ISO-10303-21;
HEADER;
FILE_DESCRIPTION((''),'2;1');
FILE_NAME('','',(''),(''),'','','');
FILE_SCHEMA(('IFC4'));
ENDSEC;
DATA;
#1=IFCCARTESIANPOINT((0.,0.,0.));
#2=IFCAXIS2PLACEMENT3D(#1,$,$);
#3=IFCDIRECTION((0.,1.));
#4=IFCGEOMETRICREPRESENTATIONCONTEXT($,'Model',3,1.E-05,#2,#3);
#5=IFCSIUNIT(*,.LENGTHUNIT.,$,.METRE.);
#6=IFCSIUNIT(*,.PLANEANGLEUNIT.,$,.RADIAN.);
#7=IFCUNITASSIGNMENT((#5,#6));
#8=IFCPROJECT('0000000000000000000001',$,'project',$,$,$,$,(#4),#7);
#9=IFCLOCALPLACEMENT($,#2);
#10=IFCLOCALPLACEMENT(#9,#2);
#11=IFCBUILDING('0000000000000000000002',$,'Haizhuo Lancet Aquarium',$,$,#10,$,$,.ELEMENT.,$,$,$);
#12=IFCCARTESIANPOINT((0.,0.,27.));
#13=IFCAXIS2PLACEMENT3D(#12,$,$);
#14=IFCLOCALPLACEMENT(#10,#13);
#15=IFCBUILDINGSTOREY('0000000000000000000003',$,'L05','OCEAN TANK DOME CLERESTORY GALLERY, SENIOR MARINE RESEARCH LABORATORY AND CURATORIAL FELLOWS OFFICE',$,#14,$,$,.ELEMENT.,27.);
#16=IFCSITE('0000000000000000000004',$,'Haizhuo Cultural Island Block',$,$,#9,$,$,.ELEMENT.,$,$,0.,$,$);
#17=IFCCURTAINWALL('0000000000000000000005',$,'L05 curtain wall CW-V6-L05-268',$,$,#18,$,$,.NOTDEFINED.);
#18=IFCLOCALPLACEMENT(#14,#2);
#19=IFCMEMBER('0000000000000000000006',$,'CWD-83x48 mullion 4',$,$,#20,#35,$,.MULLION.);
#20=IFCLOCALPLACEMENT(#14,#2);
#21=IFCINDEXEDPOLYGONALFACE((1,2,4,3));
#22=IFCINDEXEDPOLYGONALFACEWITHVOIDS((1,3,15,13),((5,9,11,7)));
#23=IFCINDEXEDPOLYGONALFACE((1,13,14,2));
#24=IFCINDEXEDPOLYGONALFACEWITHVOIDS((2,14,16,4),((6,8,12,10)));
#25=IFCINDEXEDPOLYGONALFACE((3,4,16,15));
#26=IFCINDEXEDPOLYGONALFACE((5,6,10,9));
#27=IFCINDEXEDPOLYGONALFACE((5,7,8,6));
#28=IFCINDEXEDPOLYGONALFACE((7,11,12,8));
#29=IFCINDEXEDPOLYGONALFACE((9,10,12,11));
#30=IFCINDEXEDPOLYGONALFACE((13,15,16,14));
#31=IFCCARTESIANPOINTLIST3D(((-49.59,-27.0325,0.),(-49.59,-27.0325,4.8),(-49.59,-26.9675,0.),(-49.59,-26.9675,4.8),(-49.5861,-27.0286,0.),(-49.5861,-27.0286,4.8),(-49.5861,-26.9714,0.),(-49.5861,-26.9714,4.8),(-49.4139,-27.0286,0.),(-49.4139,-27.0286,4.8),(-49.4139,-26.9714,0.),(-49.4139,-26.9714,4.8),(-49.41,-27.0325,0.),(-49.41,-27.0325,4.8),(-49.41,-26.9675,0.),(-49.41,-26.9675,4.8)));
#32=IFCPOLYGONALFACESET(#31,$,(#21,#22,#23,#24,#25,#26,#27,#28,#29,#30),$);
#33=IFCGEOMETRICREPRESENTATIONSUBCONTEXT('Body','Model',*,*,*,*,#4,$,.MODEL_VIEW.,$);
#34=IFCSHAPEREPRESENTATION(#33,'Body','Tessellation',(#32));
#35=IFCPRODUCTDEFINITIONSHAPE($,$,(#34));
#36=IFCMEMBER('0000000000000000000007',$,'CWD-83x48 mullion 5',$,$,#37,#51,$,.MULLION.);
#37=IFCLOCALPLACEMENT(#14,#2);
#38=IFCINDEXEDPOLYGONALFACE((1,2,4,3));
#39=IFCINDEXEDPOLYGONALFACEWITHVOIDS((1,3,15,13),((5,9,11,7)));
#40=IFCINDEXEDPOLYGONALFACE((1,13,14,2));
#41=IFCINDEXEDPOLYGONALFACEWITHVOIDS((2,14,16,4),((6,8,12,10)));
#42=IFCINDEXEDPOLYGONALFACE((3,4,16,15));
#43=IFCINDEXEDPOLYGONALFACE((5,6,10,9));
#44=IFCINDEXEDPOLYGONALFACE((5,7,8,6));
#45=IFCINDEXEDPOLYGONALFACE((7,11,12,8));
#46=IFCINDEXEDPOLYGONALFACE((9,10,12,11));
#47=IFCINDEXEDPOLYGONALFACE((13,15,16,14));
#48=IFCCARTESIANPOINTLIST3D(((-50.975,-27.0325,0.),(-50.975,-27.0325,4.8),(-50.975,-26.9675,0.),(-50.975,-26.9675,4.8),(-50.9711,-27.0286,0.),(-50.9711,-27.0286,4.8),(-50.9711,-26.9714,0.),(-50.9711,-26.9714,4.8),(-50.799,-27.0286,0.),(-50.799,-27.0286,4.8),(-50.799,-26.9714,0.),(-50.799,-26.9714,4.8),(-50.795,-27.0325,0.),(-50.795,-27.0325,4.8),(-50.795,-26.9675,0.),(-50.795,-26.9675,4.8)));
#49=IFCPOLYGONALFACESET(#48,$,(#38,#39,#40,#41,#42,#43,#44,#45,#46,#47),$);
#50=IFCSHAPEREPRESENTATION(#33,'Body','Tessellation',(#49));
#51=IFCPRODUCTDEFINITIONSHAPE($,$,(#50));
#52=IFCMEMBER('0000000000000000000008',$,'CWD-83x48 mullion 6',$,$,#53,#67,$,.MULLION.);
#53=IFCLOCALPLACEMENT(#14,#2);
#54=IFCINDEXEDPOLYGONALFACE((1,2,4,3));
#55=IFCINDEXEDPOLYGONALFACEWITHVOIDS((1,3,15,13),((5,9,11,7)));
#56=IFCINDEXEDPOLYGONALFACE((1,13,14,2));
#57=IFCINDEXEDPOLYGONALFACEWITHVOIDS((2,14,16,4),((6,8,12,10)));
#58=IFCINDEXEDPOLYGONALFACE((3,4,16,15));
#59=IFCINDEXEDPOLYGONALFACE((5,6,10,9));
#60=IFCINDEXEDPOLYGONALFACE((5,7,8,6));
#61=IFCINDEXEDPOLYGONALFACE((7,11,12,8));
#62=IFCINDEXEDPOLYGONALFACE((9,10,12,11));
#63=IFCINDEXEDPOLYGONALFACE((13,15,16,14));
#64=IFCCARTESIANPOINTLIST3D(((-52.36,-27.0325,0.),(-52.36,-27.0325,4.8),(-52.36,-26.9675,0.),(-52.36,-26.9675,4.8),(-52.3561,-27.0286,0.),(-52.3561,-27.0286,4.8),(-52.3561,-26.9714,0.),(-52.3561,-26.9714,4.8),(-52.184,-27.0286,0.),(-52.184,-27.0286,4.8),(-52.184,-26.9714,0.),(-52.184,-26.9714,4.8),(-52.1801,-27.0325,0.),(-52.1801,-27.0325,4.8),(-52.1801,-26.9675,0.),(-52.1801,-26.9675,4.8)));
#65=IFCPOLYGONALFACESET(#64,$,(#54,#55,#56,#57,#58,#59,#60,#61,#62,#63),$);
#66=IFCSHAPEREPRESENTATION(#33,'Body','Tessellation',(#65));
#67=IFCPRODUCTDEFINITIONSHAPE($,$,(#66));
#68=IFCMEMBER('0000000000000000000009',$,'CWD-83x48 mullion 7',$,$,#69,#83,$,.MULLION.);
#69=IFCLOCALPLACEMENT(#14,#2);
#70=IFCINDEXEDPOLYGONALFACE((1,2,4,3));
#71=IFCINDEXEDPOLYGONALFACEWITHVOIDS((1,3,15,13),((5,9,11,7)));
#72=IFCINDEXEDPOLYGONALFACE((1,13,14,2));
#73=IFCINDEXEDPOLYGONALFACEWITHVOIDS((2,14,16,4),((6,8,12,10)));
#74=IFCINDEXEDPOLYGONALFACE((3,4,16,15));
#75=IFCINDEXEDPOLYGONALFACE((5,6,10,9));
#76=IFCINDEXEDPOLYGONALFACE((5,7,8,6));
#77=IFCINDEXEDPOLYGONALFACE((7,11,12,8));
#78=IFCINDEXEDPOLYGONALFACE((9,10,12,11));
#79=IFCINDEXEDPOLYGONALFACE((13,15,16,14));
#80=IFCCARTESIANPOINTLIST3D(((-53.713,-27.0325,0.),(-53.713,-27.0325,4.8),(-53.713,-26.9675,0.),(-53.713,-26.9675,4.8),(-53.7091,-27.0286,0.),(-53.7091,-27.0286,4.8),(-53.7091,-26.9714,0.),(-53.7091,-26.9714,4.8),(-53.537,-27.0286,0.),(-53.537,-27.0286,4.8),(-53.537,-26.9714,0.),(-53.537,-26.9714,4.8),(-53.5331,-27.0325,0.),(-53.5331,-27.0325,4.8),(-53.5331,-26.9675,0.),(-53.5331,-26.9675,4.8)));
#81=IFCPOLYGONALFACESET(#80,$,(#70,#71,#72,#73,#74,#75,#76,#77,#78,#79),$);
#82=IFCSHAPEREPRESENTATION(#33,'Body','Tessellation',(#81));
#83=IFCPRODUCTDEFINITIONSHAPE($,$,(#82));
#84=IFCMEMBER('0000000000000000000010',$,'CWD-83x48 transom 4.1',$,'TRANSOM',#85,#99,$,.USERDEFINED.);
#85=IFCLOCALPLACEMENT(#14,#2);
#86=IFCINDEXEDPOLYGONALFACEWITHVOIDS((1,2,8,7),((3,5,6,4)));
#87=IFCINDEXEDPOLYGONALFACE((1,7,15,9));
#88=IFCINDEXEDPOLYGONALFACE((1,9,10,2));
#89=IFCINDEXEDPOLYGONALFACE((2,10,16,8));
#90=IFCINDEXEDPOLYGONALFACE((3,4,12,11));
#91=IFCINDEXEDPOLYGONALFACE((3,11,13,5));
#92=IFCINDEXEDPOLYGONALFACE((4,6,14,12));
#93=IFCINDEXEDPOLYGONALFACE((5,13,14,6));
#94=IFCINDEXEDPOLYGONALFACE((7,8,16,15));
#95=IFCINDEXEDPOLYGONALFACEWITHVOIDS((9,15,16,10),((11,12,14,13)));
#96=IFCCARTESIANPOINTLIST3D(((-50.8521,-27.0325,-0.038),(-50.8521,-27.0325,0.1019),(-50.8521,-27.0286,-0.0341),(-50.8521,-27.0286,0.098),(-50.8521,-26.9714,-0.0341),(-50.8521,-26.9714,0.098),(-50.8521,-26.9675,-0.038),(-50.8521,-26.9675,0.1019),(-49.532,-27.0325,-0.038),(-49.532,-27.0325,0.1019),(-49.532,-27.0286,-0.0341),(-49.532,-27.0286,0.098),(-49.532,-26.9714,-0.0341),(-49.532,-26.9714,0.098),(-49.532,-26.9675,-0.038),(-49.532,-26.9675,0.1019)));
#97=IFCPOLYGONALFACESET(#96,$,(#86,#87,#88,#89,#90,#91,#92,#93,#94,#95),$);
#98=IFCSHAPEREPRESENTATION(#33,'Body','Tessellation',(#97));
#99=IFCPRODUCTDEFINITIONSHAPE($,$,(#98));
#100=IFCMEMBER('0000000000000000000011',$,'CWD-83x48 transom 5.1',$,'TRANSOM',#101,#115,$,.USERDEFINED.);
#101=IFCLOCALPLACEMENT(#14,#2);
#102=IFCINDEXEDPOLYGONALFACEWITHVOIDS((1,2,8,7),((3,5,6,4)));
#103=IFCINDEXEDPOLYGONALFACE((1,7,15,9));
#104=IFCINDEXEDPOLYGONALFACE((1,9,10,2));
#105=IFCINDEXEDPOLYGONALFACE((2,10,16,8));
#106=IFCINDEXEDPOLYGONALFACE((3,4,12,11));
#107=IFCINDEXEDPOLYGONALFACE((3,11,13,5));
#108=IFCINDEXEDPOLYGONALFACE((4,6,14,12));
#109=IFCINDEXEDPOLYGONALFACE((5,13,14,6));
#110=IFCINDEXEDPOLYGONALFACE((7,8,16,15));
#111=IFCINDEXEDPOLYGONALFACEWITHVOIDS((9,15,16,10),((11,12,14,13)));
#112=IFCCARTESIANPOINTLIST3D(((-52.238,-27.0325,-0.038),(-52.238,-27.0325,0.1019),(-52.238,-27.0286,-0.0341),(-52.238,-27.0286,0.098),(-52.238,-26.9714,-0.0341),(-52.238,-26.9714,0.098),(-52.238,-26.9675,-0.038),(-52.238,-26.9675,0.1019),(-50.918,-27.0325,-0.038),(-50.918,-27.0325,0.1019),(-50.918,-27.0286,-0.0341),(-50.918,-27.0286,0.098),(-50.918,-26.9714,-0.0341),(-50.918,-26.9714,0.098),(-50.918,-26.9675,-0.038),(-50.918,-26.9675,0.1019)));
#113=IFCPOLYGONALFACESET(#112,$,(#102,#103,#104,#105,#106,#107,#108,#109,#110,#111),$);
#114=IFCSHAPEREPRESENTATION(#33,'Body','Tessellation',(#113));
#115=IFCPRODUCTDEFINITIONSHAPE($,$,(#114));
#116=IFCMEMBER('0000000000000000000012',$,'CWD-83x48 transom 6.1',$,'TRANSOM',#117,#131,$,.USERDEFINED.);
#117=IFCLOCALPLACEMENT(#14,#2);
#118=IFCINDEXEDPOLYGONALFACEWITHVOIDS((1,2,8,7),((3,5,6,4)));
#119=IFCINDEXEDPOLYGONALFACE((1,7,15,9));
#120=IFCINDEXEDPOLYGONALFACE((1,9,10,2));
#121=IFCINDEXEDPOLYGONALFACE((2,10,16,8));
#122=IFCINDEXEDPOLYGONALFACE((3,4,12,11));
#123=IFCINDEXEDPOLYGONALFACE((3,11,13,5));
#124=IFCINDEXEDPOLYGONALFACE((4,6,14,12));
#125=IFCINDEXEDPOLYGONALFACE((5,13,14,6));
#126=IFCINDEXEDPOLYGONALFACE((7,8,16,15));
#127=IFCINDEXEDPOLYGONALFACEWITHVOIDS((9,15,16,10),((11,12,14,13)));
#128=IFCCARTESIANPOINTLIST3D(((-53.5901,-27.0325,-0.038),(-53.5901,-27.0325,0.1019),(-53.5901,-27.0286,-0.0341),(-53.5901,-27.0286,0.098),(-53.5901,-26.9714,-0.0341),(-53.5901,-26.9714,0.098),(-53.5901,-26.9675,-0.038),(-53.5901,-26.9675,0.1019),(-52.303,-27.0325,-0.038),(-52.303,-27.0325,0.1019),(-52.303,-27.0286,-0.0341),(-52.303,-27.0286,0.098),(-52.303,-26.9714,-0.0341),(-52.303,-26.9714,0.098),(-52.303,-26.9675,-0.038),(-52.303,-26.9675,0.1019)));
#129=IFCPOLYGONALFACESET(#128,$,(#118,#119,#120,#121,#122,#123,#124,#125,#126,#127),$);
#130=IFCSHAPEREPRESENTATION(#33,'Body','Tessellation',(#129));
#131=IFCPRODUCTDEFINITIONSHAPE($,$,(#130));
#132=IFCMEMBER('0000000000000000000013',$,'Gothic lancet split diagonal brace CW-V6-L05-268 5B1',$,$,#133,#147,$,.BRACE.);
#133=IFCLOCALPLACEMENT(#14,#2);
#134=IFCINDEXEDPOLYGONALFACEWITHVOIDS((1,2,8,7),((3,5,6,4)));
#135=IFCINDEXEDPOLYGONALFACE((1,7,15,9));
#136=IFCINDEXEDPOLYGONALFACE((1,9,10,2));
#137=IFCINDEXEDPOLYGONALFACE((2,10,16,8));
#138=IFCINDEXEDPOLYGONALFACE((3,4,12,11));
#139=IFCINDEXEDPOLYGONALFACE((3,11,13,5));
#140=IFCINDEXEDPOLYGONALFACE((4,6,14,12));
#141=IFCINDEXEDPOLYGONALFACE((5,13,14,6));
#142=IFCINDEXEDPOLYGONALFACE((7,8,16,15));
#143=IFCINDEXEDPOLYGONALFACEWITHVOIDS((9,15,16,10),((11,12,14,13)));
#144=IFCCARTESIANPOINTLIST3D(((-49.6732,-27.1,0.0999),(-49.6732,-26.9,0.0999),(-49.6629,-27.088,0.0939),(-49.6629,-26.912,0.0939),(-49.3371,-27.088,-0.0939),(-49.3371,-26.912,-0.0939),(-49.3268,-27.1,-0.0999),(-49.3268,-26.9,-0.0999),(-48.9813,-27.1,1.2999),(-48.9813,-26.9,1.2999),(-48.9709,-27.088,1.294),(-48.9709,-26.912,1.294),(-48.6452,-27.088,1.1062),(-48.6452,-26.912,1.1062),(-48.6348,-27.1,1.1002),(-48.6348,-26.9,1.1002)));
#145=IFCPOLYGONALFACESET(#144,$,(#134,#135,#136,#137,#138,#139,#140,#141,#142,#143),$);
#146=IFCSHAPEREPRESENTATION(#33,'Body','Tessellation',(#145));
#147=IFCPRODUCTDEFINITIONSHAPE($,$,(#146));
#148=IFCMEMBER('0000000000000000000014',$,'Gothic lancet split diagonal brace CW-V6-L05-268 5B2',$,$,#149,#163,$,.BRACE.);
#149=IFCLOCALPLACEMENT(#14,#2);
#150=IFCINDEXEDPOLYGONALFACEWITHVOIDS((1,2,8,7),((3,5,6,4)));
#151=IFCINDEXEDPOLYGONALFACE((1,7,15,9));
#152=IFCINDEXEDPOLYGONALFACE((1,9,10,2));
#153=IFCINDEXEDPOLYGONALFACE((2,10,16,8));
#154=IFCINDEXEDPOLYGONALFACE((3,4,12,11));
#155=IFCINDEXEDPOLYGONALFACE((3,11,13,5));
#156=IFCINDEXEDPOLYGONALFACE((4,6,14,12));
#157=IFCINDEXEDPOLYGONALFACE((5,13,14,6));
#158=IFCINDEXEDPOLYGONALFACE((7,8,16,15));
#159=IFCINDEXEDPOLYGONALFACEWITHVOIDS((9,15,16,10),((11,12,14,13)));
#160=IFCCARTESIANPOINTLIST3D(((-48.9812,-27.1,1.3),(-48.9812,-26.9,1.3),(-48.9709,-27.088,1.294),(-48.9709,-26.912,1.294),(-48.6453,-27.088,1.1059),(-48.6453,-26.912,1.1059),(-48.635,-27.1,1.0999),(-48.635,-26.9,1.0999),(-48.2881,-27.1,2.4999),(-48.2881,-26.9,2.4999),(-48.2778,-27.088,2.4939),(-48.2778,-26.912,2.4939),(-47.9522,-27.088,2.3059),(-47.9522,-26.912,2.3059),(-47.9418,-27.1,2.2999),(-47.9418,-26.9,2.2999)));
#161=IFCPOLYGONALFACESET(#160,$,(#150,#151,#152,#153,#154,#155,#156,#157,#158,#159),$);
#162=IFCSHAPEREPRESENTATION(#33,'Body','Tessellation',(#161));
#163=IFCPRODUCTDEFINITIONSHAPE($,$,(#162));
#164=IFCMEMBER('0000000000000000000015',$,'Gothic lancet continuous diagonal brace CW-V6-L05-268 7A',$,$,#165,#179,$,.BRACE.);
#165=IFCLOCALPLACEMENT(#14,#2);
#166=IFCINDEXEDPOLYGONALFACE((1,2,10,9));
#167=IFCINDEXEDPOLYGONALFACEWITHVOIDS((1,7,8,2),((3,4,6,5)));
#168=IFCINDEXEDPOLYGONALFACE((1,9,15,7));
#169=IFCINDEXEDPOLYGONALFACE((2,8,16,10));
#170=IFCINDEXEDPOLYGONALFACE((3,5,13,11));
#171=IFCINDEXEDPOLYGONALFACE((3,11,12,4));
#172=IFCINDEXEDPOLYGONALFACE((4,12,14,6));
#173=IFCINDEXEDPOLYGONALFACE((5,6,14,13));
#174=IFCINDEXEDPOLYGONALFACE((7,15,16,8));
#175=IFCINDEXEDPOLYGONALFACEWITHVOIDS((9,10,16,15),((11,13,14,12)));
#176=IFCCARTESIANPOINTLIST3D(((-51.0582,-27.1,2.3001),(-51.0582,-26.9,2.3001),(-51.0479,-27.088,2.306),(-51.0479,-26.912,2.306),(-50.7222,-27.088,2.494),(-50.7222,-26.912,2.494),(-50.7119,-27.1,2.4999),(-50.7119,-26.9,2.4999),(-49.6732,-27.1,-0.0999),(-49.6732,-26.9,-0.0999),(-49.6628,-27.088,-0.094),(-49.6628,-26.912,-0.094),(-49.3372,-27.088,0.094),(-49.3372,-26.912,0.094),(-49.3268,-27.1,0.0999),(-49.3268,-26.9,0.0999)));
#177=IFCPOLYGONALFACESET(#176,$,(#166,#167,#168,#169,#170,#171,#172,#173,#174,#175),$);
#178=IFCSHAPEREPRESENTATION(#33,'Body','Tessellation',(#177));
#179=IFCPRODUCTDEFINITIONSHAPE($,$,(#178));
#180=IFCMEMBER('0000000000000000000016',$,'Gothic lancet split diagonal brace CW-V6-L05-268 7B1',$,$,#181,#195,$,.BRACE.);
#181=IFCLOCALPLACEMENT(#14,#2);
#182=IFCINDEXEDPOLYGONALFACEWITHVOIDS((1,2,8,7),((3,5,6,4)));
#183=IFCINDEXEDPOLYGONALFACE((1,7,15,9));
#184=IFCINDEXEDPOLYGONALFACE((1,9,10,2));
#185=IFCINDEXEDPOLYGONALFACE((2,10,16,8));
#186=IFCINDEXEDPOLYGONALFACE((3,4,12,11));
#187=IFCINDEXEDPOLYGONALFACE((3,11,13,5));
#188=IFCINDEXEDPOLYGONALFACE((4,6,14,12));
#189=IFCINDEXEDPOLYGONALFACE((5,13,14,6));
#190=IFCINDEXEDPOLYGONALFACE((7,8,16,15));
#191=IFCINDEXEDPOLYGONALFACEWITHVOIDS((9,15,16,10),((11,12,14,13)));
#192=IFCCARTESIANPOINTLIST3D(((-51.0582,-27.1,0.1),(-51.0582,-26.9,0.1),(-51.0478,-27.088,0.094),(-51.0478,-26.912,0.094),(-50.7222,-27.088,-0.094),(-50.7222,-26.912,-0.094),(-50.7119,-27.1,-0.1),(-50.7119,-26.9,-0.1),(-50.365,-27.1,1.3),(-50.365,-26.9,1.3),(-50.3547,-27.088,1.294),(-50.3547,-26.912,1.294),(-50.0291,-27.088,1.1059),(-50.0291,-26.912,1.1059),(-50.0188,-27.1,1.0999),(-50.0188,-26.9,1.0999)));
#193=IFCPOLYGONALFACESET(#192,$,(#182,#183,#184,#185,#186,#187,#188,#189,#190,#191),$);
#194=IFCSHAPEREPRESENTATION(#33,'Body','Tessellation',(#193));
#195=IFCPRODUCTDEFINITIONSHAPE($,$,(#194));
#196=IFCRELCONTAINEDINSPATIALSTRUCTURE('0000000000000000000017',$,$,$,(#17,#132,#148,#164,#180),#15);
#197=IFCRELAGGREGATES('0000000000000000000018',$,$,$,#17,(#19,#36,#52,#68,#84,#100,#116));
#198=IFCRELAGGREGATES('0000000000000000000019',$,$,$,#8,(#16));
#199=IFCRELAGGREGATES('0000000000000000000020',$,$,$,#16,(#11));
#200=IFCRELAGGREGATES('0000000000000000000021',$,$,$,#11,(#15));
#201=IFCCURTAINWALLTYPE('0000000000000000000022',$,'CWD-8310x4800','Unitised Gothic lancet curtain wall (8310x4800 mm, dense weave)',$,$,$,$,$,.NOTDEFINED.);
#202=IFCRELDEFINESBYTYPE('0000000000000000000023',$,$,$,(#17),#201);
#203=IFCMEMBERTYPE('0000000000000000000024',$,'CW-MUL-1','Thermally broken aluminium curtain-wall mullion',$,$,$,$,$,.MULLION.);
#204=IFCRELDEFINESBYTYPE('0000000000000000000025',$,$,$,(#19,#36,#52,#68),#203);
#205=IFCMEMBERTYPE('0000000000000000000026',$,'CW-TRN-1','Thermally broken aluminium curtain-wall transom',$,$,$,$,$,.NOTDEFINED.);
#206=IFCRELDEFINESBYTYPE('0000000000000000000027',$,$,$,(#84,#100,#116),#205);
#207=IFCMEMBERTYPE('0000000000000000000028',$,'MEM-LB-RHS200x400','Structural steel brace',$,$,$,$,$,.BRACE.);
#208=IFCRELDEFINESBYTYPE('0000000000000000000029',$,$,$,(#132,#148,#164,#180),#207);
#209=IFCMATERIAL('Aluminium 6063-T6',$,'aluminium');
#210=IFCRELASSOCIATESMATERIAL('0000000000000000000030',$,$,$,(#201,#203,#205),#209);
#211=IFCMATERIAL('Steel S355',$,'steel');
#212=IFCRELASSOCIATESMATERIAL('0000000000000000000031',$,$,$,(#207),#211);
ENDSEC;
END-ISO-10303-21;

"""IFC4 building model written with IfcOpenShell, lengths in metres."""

from ifc_helpers import new_model, si_unit, direction, frame, origin, origin_2d, place, context, subcontext, project, spatial, hollow_rectangle, extrude, material, material_profile, profile_set, type_object, element, aggregate, save


model = new_model("IFC4")

# Units and contexts
model_context = context("Model", 3, precision=1e-05, world=origin(), true_north=direction((0.0, 1.0)))
body_context = subcontext(model_context, "Body", "Model", "MODEL_VIEW")
ifc_project = project(units=[si_unit("LENGTHUNIT", "METRE"), si_unit("PLANEANGLEUNIT", "RADIAN")], contexts=[model_context])

# Site, building, storey
site_placement = place(None, origin())
site = spatial("IfcSite", under=ifc_project, at=site_placement, Name="Haizhuo Cultural Island Block", CompositionType="ELEMENT", RefElevation=0.0)
building_placement = place(site_placement, origin())
building = spatial("IfcBuilding", under=site, at=building_placement, Name="Haizhuo Lancet Aquarium", CompositionType="ELEMENT")
storey_placement = place(building_placement, frame((0.0, 0.0, 27.0)))
storey = spatial("IfcBuildingStorey", under=building, at=storey_placement, Name="L05", Description="OCEAN TANK DOME CLERESTORY GALLERY, SENIOR MARINE RESEARCH LABORATORY AND CURATORIAL FELLOWS OFFICE", CompositionType="ELEMENT", Elevation=27.0)

# Curtain wall, members
ifc_material_1 = material(Name="Aluminium 6063-T6", Category="aluminium")
curtain_wall_type = type_object("IfcCurtainWallType", Name="CWD-8310x4800", Description="Unitised Gothic lancet curtain wall (8310x4800 mm, dense weave)", PredefinedType="NOTDEFINED", material=ifc_material_1)
curtain_wall_placement = place(storey_placement, origin())
curtain_wall = element("IfcCurtainWall", 1, at=curtain_wall_placement, inside=storey, type_object=curtain_wall_type, Name="L05 curtain wall CW-V6-L05-268", PredefinedType="NOTDEFINED")
ifc_material_profile_1 = material_profile(ifc_material_1, hollow_rectangle(XDim=0.0649, YDim=0.1799, WallThickness=0.0039, at=origin_2d()), Name="ALU-M 65x180x4")
ifc_profile_set_1 = profile_set([ifc_material_profile_1], Name="Aluminium 6063-T6")
member_type_1 = type_object("IfcMemberType", Name="CW-MUL-1", Description="Thermally broken aluminium curtain-wall mullion", PredefinedType="MULLION", material=ifc_profile_set_1)
member_1_placement = place(storey_placement, frame((-49.5, -27.0, 0.0), z_axis=(0.0, 0.0, 1.0), x_axis=(0.0, -1.0, 0.0)))
member_1 = element("IfcMember", 2, at=member_1_placement, type_object=member_type_1, Name="CWD-83x48 mullion 4", PredefinedType="MULLION", context=body_context, shape_type="SweptSolid", body=[
    extrude(hollow_rectangle(XDim=0.0649, YDim=0.1799, WallThickness=0.0039, at=origin_2d()), origin(), (0.0, 0.0, 1.0), 4.8),
])
member_2_placement = place(storey_placement, frame((-50.885, -27.0, 0.0), z_axis=(0.0, 0.0, 1.0), x_axis=(0.0, -1.0, 0.0)))
member_2 = element("IfcMember", 3, at=member_2_placement, type_object=member_type_1, Name="CWD-83x48 mullion 5", PredefinedType="MULLION", context=body_context, shape_type="SweptSolid", body=[
    extrude(hollow_rectangle(XDim=0.0649, YDim=0.1799, WallThickness=0.0039, at=origin_2d()), origin(), (0.0, 0.0, 1.0), 4.8),
])
member_3_placement = place(storey_placement, frame((-52.27, -27.0, 0.0), z_axis=(0.0, 0.0, 1.0), x_axis=(0.0, -1.0, 0.0)))
member_3 = element("IfcMember", 4, at=member_3_placement, type_object=member_type_1, Name="CWD-83x48 mullion 6", PredefinedType="MULLION", context=body_context, shape_type="SweptSolid", body=[
    extrude(hollow_rectangle(XDim=0.0649, YDim=0.1799, WallThickness=0.0039, at=origin_2d()), origin(), (0.0, 0.0, 1.0), 4.8),
])
member_4_placement = place(storey_placement, frame((-53.623, -27.0, 0.0), z_axis=(0.0, 0.0, 1.0), x_axis=(0.0, -1.0, 0.0)))
member_4 = element("IfcMember", 5, at=member_4_placement, type_object=member_type_1, Name="CWD-83x48 mullion 7", PredefinedType="MULLION", context=body_context, shape_type="SweptSolid", body=[
    extrude(hollow_rectangle(XDim=0.0649, YDim=0.1799, WallThickness=0.0039, at=origin_2d()), origin(), (0.0, 0.0, 1.0), 4.8),
])
ifc_material_profile_2 = material_profile(ifc_material_1, hollow_rectangle(XDim=0.0649, YDim=0.1399, WallThickness=0.0039, at=origin_2d()), Name="ALU-T 65x140x4")
ifc_profile_set_2 = profile_set([ifc_material_profile_2], Name="Aluminium 6063-T6")
member_type_2 = type_object("IfcMemberType", Name="CW-TRN-1", Description="Thermally broken aluminium curtain-wall transom", PredefinedType="NOTDEFINED", material=ifc_profile_set_2)
member_5_placement = place(storey_placement, frame((-49.532, -27.0, 0.032), z_axis=(-1.0, 0.0, 0.0), x_axis=(0.0, -1.0, 0.0)))
member_5 = element("IfcMember", 6, at=member_5_placement, type_object=member_type_2, Name="CWD-83x48 transom 4.1", ObjectType="TRANSOM", PredefinedType="USERDEFINED", context=body_context, shape_type="SweptSolid", body=[
    extrude(hollow_rectangle(XDim=0.0649, YDim=0.1399, WallThickness=0.0039, at=origin_2d()), origin(), (0.0, 0.0, 1.0), 1.3201),
])
member_6_placement = place(storey_placement, frame((-50.918, -27.0, 0.032), z_axis=(-1.0, 0.0, 0.0), x_axis=(0.0, -1.0, 0.0)))
member_6 = element("IfcMember", 7, at=member_6_placement, type_object=member_type_2, Name="CWD-83x48 transom 5.1", ObjectType="TRANSOM", PredefinedType="USERDEFINED", context=body_context, shape_type="SweptSolid", body=[
    extrude(hollow_rectangle(XDim=0.0649, YDim=0.1399, WallThickness=0.0039, at=origin_2d()), origin(), (0.0, 0.0, 1.0), 1.3201),
])
member_7_placement = place(storey_placement, frame((-52.303, -27.0, 0.032), z_axis=(-1.0, 0.0, 0.0), x_axis=(0.0, -1.0, 0.0)))
member_7 = element("IfcMember", 8, at=member_7_placement, type_object=member_type_2, Name="CWD-83x48 transom 6.1", ObjectType="TRANSOM", PredefinedType="USERDEFINED", context=body_context, shape_type="SweptSolid", body=[
    extrude(hollow_rectangle(XDim=0.0649, YDim=0.1399, WallThickness=0.0039, at=origin_2d()), origin(), (0.0, 0.0, 1.0), 1.2871),
])

# Members
ifc_material_2 = material(Name="Steel S355", Category="steel")
ifc_material_profile_3 = material_profile(ifc_material_2, hollow_rectangle(XDim=0.2, YDim=0.3999, WallThickness=0.012, at=origin_2d()), Name="RHS 200x400x12")
ifc_profile_set_3 = profile_set([ifc_material_profile_3], Name="Steel S355")
member_type_3 = type_object("IfcMemberType", Name="MEM-LB-RHS200x400", Description="Structural steel brace", PredefinedType="BRACE", material=ifc_profile_set_3)
member_8_placement = place(storey_placement, frame((-49.5, -27.0, 0.0), z_axis=(0.499514, 0.0, 0.866306), x_axis=(0.0, 1.0, 0.0)))
element("IfcMember", 9, at=member_8_placement, inside=storey, type_object=member_type_3, Name="Gothic lancet split diagonal brace CW-V6-L05-268 5B1", PredefinedType="BRACE", context=body_context, shape_type="SweptSolid", body=[
    extrude(hollow_rectangle(XDim=0.2, YDim=0.3999, WallThickness=0.012, at=origin_2d()), origin(), (0.0, 0.0, 1.0), 1.3853),
])
member_9_placement = place(storey_placement, frame((-48.8081, -27.0, 1.2), z_axis=(0.500175, 0.0, 0.865924), x_axis=(0.0, 1.0, 0.0)))
element("IfcMember", 10, at=member_9_placement, inside=storey, type_object=member_type_3, Name="Gothic lancet split diagonal brace CW-V6-L05-268 5B2", PredefinedType="BRACE", context=body_context, shape_type="SweptSolid", body=[
    extrude(hollow_rectangle(XDim=0.2, YDim=0.3999, WallThickness=0.012, at=origin_2d()), origin(), (0.0, 0.0, 1.0), 1.3857),
])
member_10_placement = place(storey_placement, frame((-49.5, -27.0, 0.0), z_axis=(-0.499844, 0.0, 0.866115), x_axis=(0.0, -1.0, 0.0)))
element("IfcMember", 11, at=member_10_placement, inside=storey, type_object=member_type_3, Name="Gothic lancet continuous diagonal brace CW-V6-L05-268 7A", PredefinedType="BRACE", context=body_context, shape_type="SweptSolid", body=[
    extrude(hollow_rectangle(XDim=0.2, YDim=0.3999, WallThickness=0.012, at=origin_2d()), origin(), (0.0, 0.0, 1.0), 2.771),
])
member_11_placement = place(storey_placement, frame((-50.885, -27.0, 0.0), z_axis=(0.500175, 0.0, 0.865924), x_axis=(0.0, 1.0, 0.0)))
element("IfcMember", 12, at=member_11_placement, inside=storey, type_object=member_type_3, Name="Gothic lancet split diagonal brace CW-V6-L05-268 7B1", PredefinedType="BRACE", context=body_context, shape_type="SweptSolid", body=[
    extrude(hollow_rectangle(XDim=0.2, YDim=0.3999, WallThickness=0.012, at=origin_2d()), origin(), (0.0, 0.0, 1.0), 1.3857),
])

aggregate(curtain_wall, [member_1, member_2, member_3, member_4, member_5, member_6, member_7])

save(model, "model.ifc")
